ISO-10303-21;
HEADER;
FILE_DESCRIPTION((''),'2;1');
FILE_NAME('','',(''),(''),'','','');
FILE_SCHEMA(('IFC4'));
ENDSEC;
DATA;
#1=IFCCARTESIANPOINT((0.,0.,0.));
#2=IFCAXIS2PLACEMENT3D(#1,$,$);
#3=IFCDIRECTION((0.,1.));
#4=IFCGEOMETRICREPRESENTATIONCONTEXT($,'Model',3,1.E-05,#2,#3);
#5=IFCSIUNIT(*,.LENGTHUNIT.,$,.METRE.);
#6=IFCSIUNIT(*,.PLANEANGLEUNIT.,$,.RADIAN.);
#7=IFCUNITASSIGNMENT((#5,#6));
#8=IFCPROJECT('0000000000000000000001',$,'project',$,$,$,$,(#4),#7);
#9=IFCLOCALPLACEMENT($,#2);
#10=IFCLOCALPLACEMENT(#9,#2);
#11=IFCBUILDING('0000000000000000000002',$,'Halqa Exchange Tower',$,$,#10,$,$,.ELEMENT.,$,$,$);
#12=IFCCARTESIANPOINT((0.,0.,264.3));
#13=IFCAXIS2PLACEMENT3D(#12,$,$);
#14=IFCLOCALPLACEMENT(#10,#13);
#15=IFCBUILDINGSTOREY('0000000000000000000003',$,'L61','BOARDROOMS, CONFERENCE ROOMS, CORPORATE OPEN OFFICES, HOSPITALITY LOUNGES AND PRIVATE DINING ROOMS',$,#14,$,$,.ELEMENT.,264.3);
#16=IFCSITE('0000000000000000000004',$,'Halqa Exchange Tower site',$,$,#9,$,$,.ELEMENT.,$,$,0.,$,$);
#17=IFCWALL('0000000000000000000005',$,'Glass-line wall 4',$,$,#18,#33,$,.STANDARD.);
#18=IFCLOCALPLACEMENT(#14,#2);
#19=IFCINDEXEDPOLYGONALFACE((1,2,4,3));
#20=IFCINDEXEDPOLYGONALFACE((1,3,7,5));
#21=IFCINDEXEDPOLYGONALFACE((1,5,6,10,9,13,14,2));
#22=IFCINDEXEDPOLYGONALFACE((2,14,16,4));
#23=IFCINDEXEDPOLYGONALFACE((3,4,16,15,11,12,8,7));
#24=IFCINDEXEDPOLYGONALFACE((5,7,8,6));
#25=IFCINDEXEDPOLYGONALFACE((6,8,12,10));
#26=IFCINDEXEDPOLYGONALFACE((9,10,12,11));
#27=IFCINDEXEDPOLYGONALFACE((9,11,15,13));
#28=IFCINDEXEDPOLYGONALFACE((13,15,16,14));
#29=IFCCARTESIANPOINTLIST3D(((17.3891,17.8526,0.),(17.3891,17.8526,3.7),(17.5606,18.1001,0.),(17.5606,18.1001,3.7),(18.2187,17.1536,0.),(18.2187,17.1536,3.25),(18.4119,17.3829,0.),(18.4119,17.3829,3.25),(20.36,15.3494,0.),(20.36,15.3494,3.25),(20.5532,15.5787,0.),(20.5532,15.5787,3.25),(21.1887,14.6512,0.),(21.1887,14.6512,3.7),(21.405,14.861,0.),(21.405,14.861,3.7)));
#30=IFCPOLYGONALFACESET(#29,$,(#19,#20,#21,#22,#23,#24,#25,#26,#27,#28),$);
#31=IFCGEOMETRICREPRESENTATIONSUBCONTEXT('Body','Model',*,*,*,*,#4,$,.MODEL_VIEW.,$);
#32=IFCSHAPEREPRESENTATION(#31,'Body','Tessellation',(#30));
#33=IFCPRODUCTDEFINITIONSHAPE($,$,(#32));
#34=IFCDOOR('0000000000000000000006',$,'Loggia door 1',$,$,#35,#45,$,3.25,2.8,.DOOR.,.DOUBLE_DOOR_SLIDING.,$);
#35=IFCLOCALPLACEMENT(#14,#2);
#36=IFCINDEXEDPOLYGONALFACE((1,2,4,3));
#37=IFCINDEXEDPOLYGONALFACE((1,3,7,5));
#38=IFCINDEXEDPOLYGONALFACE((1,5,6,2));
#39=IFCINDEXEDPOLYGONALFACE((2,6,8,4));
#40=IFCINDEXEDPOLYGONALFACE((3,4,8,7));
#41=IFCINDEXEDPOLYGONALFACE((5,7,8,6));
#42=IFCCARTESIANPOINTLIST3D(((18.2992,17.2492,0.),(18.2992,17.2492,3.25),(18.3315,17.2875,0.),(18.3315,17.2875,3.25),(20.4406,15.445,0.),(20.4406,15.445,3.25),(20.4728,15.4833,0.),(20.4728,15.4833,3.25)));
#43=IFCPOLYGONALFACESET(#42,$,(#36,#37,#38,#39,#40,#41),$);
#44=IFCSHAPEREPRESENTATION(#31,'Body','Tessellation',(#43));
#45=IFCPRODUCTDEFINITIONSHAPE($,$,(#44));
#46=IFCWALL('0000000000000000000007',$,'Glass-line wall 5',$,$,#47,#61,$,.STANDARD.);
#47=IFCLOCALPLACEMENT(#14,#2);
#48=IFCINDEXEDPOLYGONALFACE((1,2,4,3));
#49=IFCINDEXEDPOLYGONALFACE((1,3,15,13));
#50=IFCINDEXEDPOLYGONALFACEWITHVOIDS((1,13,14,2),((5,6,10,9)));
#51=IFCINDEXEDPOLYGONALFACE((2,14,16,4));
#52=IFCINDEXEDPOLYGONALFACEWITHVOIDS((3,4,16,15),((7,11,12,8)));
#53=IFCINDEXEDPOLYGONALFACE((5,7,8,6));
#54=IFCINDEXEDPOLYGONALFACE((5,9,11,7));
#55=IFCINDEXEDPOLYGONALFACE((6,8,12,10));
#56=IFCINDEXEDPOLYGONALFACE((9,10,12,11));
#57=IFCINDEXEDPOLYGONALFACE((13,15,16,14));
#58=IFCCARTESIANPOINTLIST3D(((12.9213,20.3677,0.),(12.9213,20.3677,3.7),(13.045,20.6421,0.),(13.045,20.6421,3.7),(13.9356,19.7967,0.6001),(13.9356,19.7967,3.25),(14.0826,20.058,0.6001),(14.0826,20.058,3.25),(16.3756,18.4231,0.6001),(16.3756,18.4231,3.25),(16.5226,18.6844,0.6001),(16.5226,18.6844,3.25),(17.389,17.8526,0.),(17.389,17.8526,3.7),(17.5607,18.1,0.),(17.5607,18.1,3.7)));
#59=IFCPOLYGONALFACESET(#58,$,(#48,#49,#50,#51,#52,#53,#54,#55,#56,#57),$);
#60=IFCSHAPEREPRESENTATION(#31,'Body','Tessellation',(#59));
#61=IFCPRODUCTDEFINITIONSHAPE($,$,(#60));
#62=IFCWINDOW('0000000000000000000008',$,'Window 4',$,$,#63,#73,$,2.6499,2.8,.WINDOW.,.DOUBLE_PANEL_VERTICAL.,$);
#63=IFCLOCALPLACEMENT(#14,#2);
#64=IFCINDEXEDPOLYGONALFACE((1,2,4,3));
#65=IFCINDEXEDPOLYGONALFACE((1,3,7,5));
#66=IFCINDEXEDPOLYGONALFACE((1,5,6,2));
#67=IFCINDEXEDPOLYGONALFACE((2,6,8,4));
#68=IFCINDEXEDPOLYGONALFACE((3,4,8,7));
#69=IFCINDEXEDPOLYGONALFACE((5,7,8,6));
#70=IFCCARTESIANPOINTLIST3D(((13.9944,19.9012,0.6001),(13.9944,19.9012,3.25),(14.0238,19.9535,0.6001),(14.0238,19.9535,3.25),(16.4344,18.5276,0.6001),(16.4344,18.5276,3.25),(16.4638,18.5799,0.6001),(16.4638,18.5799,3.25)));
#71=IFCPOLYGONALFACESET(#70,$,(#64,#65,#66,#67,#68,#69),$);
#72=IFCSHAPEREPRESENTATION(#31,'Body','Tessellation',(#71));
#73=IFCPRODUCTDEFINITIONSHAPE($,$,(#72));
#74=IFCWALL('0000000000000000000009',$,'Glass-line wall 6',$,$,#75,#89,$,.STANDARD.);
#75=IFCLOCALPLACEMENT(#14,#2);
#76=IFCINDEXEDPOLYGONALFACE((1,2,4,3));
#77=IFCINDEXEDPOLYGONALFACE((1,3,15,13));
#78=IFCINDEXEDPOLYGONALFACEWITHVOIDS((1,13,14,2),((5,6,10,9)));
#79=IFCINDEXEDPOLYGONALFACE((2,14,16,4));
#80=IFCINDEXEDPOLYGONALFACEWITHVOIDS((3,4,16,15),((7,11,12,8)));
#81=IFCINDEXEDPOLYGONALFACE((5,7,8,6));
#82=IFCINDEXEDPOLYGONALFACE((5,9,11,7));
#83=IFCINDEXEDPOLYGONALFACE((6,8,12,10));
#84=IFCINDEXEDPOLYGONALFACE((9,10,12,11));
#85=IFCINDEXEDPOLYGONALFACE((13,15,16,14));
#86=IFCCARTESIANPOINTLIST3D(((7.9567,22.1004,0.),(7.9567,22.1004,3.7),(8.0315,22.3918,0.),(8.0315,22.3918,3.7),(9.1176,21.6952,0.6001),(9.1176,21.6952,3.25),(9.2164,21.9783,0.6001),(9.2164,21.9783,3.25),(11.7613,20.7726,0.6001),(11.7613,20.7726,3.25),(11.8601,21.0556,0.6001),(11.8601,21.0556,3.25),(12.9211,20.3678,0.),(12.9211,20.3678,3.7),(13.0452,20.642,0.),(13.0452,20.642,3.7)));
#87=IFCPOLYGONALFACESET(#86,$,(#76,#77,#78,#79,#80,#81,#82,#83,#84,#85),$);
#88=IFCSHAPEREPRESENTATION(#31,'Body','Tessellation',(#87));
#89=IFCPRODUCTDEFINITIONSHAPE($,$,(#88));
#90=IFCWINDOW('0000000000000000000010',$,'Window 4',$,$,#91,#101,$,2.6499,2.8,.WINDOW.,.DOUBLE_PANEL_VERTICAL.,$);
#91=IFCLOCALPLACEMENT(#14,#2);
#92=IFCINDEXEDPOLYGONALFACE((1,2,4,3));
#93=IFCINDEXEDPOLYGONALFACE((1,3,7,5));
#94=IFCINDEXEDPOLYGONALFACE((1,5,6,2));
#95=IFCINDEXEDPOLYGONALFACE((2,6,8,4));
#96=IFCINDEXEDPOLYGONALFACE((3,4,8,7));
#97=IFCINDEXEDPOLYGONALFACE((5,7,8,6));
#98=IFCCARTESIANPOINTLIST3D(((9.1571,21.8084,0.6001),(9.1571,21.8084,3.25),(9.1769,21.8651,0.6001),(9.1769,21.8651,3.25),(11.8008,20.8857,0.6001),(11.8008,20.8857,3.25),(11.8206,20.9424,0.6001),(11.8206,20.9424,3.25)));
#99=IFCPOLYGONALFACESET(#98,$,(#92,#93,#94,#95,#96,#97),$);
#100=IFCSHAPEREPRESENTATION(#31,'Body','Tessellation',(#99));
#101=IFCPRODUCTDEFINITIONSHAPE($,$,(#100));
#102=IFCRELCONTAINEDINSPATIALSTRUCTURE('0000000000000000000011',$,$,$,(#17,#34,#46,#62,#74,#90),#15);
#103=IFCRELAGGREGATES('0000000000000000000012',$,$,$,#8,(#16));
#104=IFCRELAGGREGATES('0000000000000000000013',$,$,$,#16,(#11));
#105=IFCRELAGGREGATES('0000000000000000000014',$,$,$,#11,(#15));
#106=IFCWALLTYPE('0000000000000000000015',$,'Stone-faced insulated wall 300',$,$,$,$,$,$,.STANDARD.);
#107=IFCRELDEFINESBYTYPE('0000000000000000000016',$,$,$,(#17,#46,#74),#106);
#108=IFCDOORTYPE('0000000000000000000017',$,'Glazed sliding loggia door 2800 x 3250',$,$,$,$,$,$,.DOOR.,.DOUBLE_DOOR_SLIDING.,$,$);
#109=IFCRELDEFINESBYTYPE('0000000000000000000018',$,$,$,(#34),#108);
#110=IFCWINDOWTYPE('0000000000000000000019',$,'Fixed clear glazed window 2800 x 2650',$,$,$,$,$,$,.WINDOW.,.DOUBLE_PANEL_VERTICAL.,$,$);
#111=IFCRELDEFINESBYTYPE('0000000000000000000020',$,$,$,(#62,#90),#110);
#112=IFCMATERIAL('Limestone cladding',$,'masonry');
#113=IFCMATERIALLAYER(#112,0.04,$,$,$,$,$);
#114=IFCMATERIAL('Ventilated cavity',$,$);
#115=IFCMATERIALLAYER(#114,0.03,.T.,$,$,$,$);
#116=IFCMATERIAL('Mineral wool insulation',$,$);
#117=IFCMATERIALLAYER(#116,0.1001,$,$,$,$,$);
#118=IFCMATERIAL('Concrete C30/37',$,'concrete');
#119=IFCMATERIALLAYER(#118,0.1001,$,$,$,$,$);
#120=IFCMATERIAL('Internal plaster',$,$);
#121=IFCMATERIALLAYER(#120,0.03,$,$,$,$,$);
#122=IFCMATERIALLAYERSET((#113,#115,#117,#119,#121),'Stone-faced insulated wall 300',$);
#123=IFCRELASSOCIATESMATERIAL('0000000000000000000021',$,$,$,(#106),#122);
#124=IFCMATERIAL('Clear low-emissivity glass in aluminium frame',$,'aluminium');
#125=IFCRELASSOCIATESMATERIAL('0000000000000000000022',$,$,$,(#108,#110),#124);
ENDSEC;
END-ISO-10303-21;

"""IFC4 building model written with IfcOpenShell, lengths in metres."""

from ifc_helpers import new_model, si_unit, direction, frame, frame_2d, origin, place, context, subcontext, project, spatial, polyline, rectangle, outline, extrude, material, layer, layer_set, type_object, element, fill, save


model = new_model("IFC4")

# Units and contexts
model_context = context("Model", 3, precision=1e-05, world=origin(), true_north=direction((0.0, 1.0)))
body_context = subcontext(model_context, "Body", "Model", "MODEL_VIEW")
ifc_project = project(units=[si_unit("LENGTHUNIT", "METRE"), si_unit("PLANEANGLEUNIT", "RADIAN")], contexts=[model_context])

# Site, building, storey
site_placement = place(None, origin())
site = spatial("IfcSite", under=ifc_project, at=site_placement, Name="Halqa Exchange Tower site", CompositionType="ELEMENT", RefElevation=0.0)
building_placement = place(site_placement, origin())
building = spatial("IfcBuilding", under=site, at=building_placement, Name="Halqa Exchange Tower", CompositionType="ELEMENT")
storey_placement = place(building_placement, frame((0.0, 0.0, 264.3)))
storey = spatial("IfcBuildingStorey", under=building, at=storey_placement, Name="L61", Description="BOARDROOMS, CONFERENCE ROOMS, CORPORATE OPEN OFFICES, HOSPITALITY LOUNGES AND PRIVATE DINING ROOMS", CompositionType="ELEMENT", Elevation=264.3)

# Wall, opening, door
ifc_material_1 = material(Name="Limestone cladding", Category="masonry")
ifc_layer_1 = layer(ifc_material_1, 0.04)
ifc_material_2 = material(Name="Ventilated cavity")
ifc_layer_2 = layer(ifc_material_2, 0.03, ventilated=True)
ifc_material_3 = material(Name="Mineral wool insulation")
ifc_layer_3 = layer(ifc_material_3, 0.1001)
ifc_material_4 = material(Name="Concrete C30/37", Category="concrete")
ifc_layer_4 = layer(ifc_material_4, 0.1001)
ifc_material_5 = material(Name="Internal plaster")
ifc_layer_5 = layer(ifc_material_5, 0.03)
ifc_layer_set_1 = layer_set([ifc_layer_1, ifc_layer_2, ifc_layer_3, ifc_layer_4, ifc_layer_5], Name="Stone-faced insulated wall 300")
wall_type_1 = type_object("IfcWallType", Name="Stone-faced insulated wall 300", PredefinedType="STANDARD", material=ifc_layer_set_1)
wall_1_placement = place(storey_placement, frame((21.2969, 14.7561, 0.0), z_axis=(0.0, 0.0, 1.0), x_axis=(-0.764746, 0.644331, 0.0)))
wall_1 = element("IfcWall", 1, at=wall_1_placement, inside=storey, type_object=wall_type_1, Name="Glass-line wall 4", PredefinedType="STANDARD", context=body_context, shape_type="SweptSolid", body=[
    extrude(outline(polyline([(-0.0151, -0.1499), (5.012, -0.1499), (4.9836, 0.1499), (0.0151, 0.1499), (-0.0151, -0.1499)])), origin(), (0.0, 0.0, 1.0), 3.7),
])
opening_1_placement = place(wall_1_placement, frame((1.0989, 0.0, 0.0)))
opening_1 = element("IfcOpeningElement", 2, at=opening_1_placement, cuts=wall_1, PredefinedType="OPENING", context=body_context, shape_type="SweptSolid", body=[
    extrude(rectangle(XDim=2.8, YDim=3.25, at=frame_2d((1.3999, 1.625))), frame((0.0, 0.1621, 0.0), z_axis=(0.0, -1.0, 0.0), x_axis=(1.0, 0.0, 0.0)), (0.0, 0.0, 1.0), 0.324),
])
ifc_material_6 = material(Name="Clear low-emissivity glass in aluminium frame", Category="aluminium")
door_type = type_object("IfcDoorType", Name="Glazed sliding loggia door 2800 x 3250", OperationType="DOUBLE_DOOR_SLIDING", PredefinedType="DOOR", material=ifc_material_6)
door_placement = place(opening_1_placement, origin())
door = element("IfcDoor", 3, at=door_placement, inside=storey, type_object=door_type, Name="Loggia door 1", OperationType="DOUBLE_DOOR_SLIDING", OverallHeight=3.25, OverallWidth=2.8, PredefinedType="DOOR", context=body_context, shape_type="SweptSolid", body=[
    extrude(rectangle(XDim=2.8, YDim=3.25, at=frame_2d((1.3999, 1.625))), frame((0.0, 0.0249, 0.0), z_axis=(0.0, -1.0, 0.0), x_axis=(1.0, 0.0, 0.0)), (0.0, 0.0, 1.0), 0.05),
])
fill(opening_1, door)

# Walls, openings, windows
wall_2_placement = place(storey_placement, frame((17.4749, 17.9763, 0.0), z_axis=(0.0, 0.0, 1.0), x_axis=(-0.871411, 0.490554, 0.0)))
wall_2 = element("IfcWall", 4, at=wall_2_placement, inside=storey, type_object=wall_type_1, Name="Glass-line wall 5", PredefinedType="STANDARD", context=body_context, shape_type="SweptSolid", body=[
    extrude(outline(polyline([(-0.0142, -0.1499), (5.168, -0.1499), (5.1411, 0.1499), (0.0142, 0.1499), (-0.0142, -0.1499)])), origin(), (0.0, 0.0, 1.0), 3.7),
])
opening_2_placement = place(wall_2_placement, frame((1.1772, 0.0, 0.6001)))
opening_2 = element("IfcOpeningElement", 5, at=opening_2_placement, cuts=wall_2, PredefinedType="OPENING", context=body_context, shape_type="SweptSolid", body=[
    extrude(rectangle(XDim=2.8, YDim=2.6499, at=frame_2d((1.3999, 1.325))), frame((0.0, 0.1621, 0.0), z_axis=(0.0, -1.0, 0.0), x_axis=(1.0, 0.0, 0.0)), (0.0, 0.0, 1.0), 0.324),
])
window_type = type_object("IfcWindowType", Name="Fixed clear glazed window 2800 x 2650", PartitioningType="DOUBLE_PANEL_VERTICAL", PredefinedType="WINDOW", material=ifc_material_6)
window_1_placement = place(opening_2_placement, origin())
window_1 = element("IfcWindow", 6, at=window_1_placement, inside=storey, type_object=window_type, Name="Window 4", OverallHeight=2.6499, OverallWidth=2.8, PartitioningType="DOUBLE_PANEL_VERTICAL", PredefinedType="WINDOW", context=body_context, shape_type="SweptSolid", body=[
    extrude(rectangle(XDim=2.8, YDim=2.6499, at=frame_2d((1.3999, 1.325))), frame((0.0, 0.03, 0.0), z_axis=(0.0, -1.0, 0.0), x_axis=(1.0, 0.0, 0.0)), (0.0, 0.0, 1.0), 0.0601),
])
fill(opening_2, window_1)
wall_3_placement = place(storey_placement, frame((12.9832, 20.5049, 0.0), z_axis=(0.0, 0.0, 1.0), x_axis=(-0.94415, 0.329517, 0.0)))
wall_3 = element("IfcWall", 7, at=wall_3_placement, inside=storey, type_object=wall_type_1, Name="Glass-line wall 6", PredefinedType="STANDARD", context=body_context, shape_type="SweptSolid", body=[
    extrude(outline(polyline([(-0.0134, -0.1499), (5.2969, -0.1499), (5.2715, 0.1499), (0.0134, 0.1499), (-0.0134, -0.1499)])), origin(), (0.0, 0.0, 1.0), 3.7),
])
opening_3_placement = place(wall_3_placement, frame((1.2419, 0.0, 0.6001)))
opening_3 = element("IfcOpeningElement", 8, at=opening_3_placement, cuts=wall_3, PredefinedType="OPENING", context=body_context, shape_type="SweptSolid", body=[
    extrude(rectangle(XDim=2.8, YDim=2.6499, at=frame_2d((1.3999, 1.325))), frame((0.0, 0.1621, 0.0), z_axis=(0.0, -1.0, 0.0), x_axis=(1.0, 0.0, 0.0)), (0.0, 0.0, 1.0), 0.324),
])
window_2_placement = place(opening_3_placement, origin())
window_2 = element("IfcWindow", 9, at=window_2_placement, inside=storey, type_object=window_type, Name="Window 4", OverallHeight=2.6499, OverallWidth=2.8, PartitioningType="DOUBLE_PANEL_VERTICAL", PredefinedType="WINDOW", context=body_context, shape_type="SweptSolid", body=[
    extrude(rectangle(XDim=2.8, YDim=2.6499, at=frame_2d((1.3999, 1.325))), frame((0.0, 0.03, 0.0), z_axis=(0.0, -1.0, 0.0), x_axis=(1.0, 0.0, 0.0)), (0.0, 0.0, 1.0), 0.0601),
])
fill(opening_3, window_2)

save(model, "model.ifc")
